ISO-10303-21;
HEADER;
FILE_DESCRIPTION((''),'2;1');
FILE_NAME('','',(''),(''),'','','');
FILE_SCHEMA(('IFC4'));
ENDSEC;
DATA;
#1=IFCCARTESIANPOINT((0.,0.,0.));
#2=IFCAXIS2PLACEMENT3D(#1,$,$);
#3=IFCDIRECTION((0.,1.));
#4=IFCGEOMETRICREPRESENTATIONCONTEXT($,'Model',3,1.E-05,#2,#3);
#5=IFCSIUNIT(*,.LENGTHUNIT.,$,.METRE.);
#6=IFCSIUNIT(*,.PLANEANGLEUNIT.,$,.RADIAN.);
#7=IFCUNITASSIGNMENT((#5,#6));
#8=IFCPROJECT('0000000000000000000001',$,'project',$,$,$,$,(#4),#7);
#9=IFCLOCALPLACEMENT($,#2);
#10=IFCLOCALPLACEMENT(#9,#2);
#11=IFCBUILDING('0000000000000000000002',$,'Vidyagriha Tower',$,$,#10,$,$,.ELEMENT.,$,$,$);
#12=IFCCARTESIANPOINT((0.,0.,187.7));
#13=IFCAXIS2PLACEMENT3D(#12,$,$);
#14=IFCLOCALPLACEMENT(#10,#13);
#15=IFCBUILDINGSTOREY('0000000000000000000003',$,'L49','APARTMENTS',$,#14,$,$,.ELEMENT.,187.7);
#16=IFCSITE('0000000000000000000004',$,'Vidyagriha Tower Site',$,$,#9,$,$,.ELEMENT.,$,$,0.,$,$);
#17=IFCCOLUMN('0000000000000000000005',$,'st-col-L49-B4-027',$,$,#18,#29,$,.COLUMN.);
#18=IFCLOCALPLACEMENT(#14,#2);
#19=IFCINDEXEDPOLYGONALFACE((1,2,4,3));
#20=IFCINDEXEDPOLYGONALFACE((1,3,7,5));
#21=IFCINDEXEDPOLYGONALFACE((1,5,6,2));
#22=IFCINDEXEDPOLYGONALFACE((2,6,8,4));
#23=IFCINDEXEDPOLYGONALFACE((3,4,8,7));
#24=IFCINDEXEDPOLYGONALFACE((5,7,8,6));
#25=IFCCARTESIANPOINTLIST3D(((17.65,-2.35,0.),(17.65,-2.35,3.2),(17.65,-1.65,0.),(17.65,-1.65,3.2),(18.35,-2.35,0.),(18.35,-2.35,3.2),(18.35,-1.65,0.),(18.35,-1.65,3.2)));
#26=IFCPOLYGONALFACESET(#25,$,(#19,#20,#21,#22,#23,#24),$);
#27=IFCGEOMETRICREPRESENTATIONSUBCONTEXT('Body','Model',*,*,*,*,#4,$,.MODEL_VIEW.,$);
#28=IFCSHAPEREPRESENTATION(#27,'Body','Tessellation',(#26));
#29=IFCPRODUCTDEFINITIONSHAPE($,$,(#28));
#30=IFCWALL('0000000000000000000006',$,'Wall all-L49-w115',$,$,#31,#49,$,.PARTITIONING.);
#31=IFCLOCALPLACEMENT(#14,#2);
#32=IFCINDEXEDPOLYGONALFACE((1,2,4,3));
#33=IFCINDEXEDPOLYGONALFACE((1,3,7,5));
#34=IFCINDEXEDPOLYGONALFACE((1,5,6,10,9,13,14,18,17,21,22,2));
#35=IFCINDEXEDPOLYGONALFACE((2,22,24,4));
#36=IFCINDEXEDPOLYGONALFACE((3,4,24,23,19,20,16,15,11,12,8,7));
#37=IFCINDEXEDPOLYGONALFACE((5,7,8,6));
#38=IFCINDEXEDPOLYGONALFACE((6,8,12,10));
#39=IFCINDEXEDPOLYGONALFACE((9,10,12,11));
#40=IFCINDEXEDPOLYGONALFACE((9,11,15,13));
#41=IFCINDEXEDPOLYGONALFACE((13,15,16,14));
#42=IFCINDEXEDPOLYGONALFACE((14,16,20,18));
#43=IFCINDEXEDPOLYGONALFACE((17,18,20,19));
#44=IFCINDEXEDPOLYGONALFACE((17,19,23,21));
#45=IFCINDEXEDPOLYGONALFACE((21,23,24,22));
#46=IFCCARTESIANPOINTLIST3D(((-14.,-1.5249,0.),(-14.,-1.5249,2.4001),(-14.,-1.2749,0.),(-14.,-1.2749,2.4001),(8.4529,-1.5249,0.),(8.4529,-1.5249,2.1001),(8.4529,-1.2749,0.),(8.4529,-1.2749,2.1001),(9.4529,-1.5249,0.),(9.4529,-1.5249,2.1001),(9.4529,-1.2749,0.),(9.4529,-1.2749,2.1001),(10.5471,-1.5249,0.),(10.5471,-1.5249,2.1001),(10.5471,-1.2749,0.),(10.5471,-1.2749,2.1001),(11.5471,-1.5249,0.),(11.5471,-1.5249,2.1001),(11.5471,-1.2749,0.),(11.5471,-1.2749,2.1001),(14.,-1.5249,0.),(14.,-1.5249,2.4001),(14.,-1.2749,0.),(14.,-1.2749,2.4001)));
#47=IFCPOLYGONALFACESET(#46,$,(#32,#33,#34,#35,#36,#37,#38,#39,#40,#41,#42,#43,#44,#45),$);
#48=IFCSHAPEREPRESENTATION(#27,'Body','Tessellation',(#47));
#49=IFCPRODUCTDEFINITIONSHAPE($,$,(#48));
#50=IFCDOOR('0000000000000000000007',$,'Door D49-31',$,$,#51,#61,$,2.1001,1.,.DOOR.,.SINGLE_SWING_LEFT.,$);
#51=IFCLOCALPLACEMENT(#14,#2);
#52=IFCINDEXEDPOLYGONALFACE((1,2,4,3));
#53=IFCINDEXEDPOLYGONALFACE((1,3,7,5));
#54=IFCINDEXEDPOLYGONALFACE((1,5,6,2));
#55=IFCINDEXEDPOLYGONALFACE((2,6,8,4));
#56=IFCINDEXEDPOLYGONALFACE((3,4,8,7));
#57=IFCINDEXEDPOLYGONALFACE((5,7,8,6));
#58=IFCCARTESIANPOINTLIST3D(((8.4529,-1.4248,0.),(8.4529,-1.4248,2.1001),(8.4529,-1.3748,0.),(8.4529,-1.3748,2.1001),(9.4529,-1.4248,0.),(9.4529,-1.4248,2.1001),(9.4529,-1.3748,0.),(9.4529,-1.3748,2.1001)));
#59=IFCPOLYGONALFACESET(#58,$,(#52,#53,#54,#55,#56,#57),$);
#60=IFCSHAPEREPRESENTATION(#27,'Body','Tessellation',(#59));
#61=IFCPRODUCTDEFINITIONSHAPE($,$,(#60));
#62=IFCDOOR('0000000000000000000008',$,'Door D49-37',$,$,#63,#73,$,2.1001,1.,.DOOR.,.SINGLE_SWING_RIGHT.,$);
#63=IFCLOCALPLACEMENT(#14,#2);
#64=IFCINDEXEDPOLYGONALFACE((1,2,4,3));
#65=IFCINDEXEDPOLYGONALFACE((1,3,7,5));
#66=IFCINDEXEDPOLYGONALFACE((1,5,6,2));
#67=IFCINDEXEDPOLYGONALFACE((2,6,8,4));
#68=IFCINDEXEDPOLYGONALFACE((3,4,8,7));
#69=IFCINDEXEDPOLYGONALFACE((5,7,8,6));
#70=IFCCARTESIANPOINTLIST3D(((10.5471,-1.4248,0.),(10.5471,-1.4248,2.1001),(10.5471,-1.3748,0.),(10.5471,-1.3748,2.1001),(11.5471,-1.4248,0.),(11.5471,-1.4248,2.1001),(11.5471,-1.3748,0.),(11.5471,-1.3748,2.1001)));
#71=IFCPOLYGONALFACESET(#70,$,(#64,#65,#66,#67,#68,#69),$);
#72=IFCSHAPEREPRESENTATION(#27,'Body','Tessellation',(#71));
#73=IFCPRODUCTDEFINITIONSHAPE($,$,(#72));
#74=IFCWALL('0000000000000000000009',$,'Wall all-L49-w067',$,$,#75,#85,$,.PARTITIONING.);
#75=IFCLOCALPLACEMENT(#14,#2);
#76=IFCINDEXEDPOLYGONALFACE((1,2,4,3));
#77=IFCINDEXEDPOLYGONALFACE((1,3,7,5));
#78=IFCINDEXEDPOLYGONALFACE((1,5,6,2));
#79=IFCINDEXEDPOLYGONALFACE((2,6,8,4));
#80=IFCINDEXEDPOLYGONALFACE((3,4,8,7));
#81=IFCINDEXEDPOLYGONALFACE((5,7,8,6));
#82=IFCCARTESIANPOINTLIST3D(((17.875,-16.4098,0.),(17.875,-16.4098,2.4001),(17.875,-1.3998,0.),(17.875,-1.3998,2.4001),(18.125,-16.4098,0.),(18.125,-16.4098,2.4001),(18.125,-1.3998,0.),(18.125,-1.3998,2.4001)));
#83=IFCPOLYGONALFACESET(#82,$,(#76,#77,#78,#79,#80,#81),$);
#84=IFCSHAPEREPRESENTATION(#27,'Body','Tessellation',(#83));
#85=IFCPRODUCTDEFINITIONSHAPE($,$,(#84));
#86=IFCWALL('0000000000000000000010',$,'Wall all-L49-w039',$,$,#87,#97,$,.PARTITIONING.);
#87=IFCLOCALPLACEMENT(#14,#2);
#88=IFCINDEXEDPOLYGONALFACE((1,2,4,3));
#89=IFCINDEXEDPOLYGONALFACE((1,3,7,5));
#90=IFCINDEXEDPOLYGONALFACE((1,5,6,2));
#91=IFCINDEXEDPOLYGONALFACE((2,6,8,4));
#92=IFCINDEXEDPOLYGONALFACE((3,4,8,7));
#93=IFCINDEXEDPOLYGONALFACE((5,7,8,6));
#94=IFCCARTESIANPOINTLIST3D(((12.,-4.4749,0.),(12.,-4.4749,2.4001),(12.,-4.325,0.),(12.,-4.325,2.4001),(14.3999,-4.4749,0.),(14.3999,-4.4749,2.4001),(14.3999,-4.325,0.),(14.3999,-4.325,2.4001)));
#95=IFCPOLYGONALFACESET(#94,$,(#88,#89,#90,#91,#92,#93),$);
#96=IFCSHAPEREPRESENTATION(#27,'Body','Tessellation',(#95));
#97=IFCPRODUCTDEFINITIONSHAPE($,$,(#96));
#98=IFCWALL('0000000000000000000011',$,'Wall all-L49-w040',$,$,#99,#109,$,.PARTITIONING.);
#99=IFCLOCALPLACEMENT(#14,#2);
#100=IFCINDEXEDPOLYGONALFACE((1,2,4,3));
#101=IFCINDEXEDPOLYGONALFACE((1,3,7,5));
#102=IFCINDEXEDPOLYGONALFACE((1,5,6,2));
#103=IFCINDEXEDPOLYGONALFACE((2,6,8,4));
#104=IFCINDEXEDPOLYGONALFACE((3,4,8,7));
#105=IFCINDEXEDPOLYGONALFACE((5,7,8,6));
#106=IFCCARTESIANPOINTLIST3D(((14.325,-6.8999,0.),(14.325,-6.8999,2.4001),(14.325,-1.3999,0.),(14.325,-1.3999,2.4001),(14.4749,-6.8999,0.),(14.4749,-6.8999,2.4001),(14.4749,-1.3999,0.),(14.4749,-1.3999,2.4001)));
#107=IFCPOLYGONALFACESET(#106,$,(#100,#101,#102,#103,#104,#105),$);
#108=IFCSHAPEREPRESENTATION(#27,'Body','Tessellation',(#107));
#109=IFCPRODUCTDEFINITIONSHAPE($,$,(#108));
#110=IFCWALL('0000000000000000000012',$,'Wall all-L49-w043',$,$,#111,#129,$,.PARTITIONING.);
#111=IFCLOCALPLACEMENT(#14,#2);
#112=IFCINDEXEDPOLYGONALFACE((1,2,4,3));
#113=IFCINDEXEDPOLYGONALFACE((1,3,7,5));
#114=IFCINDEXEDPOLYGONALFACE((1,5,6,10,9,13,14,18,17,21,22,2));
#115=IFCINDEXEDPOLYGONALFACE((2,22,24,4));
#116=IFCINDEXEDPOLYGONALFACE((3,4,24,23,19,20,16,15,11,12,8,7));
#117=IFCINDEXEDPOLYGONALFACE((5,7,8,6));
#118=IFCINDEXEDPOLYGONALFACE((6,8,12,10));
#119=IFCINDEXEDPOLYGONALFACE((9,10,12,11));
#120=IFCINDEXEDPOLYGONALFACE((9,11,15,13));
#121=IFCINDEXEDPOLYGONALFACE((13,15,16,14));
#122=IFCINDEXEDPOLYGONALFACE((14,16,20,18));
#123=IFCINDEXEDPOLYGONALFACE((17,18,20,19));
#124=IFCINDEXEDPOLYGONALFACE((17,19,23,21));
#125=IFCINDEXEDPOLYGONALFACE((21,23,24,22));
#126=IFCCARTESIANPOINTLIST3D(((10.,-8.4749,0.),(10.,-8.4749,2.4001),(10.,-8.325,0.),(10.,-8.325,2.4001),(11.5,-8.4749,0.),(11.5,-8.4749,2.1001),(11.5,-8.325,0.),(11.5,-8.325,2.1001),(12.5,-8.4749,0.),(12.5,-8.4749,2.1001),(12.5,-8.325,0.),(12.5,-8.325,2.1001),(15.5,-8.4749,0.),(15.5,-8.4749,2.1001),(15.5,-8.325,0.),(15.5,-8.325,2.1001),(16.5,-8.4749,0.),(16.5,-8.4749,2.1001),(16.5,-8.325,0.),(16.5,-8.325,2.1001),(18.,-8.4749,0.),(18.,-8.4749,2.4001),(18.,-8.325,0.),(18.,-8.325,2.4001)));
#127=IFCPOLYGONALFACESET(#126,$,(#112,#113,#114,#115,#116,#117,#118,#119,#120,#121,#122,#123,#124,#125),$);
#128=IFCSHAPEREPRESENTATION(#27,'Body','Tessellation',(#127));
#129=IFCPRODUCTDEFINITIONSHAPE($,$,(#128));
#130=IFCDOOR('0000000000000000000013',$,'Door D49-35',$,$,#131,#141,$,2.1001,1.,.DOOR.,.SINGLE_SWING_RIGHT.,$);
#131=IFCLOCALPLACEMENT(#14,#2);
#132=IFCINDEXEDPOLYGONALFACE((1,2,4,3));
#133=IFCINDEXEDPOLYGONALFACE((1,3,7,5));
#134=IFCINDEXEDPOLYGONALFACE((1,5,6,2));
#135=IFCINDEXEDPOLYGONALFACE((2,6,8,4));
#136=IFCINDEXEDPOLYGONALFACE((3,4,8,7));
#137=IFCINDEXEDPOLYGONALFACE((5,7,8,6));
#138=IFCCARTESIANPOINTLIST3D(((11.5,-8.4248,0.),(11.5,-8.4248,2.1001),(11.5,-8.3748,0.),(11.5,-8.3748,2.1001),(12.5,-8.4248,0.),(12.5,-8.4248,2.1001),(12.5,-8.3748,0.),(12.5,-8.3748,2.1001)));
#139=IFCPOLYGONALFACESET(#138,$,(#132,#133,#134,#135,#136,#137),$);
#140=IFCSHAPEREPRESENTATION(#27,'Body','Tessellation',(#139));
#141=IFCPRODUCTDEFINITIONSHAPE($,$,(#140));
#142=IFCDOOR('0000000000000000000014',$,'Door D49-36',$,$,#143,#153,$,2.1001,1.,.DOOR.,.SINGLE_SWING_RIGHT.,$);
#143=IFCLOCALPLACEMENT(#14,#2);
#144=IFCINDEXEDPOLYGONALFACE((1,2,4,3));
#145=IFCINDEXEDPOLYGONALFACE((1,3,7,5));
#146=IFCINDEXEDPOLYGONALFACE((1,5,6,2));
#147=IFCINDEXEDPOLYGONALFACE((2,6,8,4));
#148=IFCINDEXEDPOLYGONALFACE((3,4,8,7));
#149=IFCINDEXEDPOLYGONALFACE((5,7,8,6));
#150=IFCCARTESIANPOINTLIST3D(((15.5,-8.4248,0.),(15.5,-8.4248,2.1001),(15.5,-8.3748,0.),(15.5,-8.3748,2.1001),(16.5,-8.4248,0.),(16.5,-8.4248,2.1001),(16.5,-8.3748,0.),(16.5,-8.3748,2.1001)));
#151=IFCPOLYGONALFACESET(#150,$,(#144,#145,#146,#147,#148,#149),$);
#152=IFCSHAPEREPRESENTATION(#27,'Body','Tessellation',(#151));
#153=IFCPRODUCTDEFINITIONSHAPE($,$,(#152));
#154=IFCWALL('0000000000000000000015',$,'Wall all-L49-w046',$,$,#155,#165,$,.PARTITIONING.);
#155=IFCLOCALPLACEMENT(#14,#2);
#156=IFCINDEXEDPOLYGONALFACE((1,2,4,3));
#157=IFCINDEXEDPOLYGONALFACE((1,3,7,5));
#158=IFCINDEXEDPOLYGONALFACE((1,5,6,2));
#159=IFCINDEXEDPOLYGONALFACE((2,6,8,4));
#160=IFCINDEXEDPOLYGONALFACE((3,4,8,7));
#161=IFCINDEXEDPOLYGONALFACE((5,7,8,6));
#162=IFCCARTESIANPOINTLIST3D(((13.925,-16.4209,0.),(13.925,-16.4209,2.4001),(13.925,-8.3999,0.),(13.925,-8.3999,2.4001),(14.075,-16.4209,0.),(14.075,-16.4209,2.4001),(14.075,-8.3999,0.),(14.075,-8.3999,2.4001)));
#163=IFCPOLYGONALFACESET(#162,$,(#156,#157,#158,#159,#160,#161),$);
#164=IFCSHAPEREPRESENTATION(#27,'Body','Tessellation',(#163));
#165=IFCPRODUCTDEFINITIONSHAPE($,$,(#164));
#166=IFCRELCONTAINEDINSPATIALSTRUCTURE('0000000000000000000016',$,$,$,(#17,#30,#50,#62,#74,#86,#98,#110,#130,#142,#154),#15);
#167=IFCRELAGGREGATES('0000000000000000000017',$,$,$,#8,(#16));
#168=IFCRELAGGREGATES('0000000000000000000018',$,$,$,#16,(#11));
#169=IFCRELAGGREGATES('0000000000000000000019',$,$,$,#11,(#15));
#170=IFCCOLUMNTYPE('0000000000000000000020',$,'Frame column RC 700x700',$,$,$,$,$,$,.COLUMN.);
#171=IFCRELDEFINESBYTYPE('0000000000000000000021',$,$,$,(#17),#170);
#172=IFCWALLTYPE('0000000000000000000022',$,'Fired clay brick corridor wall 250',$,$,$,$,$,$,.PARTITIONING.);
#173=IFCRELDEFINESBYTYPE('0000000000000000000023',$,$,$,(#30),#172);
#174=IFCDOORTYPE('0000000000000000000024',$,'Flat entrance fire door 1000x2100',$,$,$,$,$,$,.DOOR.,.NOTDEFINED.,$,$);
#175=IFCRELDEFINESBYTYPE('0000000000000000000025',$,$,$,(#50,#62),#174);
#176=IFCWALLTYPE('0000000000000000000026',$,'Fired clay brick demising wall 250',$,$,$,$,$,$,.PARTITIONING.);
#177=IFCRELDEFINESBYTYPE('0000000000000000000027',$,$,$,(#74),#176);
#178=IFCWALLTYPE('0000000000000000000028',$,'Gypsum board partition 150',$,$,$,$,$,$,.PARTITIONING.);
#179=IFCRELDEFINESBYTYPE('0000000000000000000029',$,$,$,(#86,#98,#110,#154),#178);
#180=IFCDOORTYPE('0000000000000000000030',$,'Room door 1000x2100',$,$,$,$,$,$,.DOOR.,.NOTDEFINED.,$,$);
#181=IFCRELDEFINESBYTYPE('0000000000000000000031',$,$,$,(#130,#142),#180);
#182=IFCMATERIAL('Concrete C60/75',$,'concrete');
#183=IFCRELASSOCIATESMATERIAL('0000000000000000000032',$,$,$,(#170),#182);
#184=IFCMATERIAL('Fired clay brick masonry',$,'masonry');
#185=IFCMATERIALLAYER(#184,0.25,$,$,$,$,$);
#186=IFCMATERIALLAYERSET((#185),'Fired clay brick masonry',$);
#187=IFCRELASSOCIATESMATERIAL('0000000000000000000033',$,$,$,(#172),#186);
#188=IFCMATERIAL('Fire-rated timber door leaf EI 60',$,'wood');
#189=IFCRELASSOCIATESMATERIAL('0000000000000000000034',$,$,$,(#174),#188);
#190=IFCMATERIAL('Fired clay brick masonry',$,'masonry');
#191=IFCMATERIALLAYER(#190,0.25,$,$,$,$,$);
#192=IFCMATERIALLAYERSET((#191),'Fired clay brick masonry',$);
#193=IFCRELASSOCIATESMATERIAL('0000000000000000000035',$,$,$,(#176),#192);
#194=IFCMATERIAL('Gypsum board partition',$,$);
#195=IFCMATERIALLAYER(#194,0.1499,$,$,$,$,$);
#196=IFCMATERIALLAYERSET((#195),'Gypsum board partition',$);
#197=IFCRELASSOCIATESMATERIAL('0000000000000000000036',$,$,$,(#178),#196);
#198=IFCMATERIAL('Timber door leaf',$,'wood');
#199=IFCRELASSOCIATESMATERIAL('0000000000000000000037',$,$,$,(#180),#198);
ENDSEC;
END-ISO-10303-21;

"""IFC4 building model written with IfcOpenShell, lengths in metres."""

from ifc_helpers import new_model, si_unit, direction, frame, frame_2d, origin, origin_2d, place, context, subcontext, project, spatial, rectangle, extrude, material, layer, layer_set, material_profile, profile_set, type_object, element, fill, save


model = new_model("IFC4")

# Units and contexts
model_context = context("Model", 3, precision=1e-05, world=origin(), true_north=direction((0.0, 1.0)))
body_context = subcontext(model_context, "Body", "Model", "MODEL_VIEW")
ifc_project = project(units=[si_unit("LENGTHUNIT", "METRE"), si_unit("PLANEANGLEUNIT", "RADIAN")], contexts=[model_context])

# Site, building, storey
site_placement = place(None, origin())
site = spatial("IfcSite", under=ifc_project, at=site_placement, Name="Vidyagriha Tower Site", CompositionType="ELEMENT", RefElevation=0.0)
building_placement = place(site_placement, origin())
building = spatial("IfcBuilding", under=site, at=building_placement, Name="Vidyagriha Tower", CompositionType="ELEMENT")
storey_placement = place(building_placement, frame((0.0, 0.0, 187.7)))
storey = spatial("IfcBuildingStorey", under=building, at=storey_placement, Name="L49", Description="APARTMENTS", CompositionType="ELEMENT", Elevation=187.7)

# Column
ifc_material_1 = material(Name="Concrete C60/75", Category="concrete")
ifc_material_profile = material_profile(ifc_material_1, rectangle(XDim=0.7, YDim=0.7, at=origin_2d()), Name="RC 700x700")
ifc_profile_set = profile_set([ifc_material_profile], Name="Concrete C60/75")
column_type = type_object("IfcColumnType", Name="Frame column RC 700x700", PredefinedType="COLUMN", material=ifc_profile_set)
column_placement = place(storey_placement, frame((18.0, -2.0, 0.0)))
element("IfcColumn", 1, at=column_placement, inside=storey, type_object=column_type, Name="st-col-L49-B4-027", PredefinedType="COLUMN", context=body_context, shape_type="SweptSolid", body=[
    extrude(rectangle(XDim=0.7, YDim=0.7, at=origin_2d()), origin(), (0.0, 0.0, 1.0), 3.2),
])

# Wall, openings, doors
ifc_material_2 = material(Name="Fired clay brick masonry", Category="masonry")
ifc_layer_1 = layer(ifc_material_2, 0.25)
ifc_layer_set_1 = layer_set([ifc_layer_1], Name="Fired clay brick masonry")
wall_type_1 = type_object("IfcWallType", Name="Fired clay brick corridor wall 250", PredefinedType="PARTITIONING", material=ifc_layer_set_1)
wall_1_placement = place(storey_placement, frame((14.0, -1.3999, 0.0), z_axis=(0.0, 0.0, 1.0), x_axis=(-1.0, 0.0, 0.0)))
wall_1 = element("IfcWall", 2, at=wall_1_placement, inside=storey, type_object=wall_type_1, Name="Wall all-L49-w115", PredefinedType="PARTITIONING", context=body_context, shape_type="SweptSolid", body=[
    extrude(rectangle(XDim=28.0, YDim=0.25, at=frame_2d((14.0, 0.0))), origin(), (0.0, 0.0, 1.0), 2.4001),
])
opening_1_placement = place(wall_1_placement, frame((4.5471, 0.0, 0.0)))
opening_1 = element("IfcOpeningElement", 3, at=opening_1_placement, cuts=wall_1, PredefinedType="OPENING", context=body_context, shape_type="SweptSolid", body=[
    extrude(rectangle(XDim=1.0, YDim=2.1001, at=frame_2d((0.5, 1.05))), frame((0.0, 0.135, 0.0), z_axis=(0.0, -1.0, 0.0), x_axis=(1.0, 0.0, 0.0)), (0.0, 0.0, 1.0), 0.27),
])
opening_2_placement = place(wall_1_placement, frame((2.4529, 0.0, 0.0)))
opening_2 = element("IfcOpeningElement", 4, at=opening_2_placement, cuts=wall_1, PredefinedType="OPENING", context=body_context, shape_type="SweptSolid", body=[
    extrude(rectangle(XDim=1.0, YDim=2.1001, at=frame_2d((0.5, 1.05))), frame((0.0, 0.135, 0.0), z_axis=(0.0, -1.0, 0.0), x_axis=(1.0, 0.0, 0.0)), (0.0, 0.0, 1.0), 0.27),
])
ifc_material_3 = material(Name="Fire-rated timber door leaf EI 60", Category="wood")
door_type_1 = type_object("IfcDoorType", Name="Flat entrance fire door 1000x2100", OperationType="NOTDEFINED", PredefinedType="DOOR", material=ifc_material_3)
door_1_placement = place(opening_1_placement, origin())
door_1 = element("IfcDoor", 5, at=door_1_placement, inside=storey, type_object=door_type_1, Name="Door D49-31", OperationType="SINGLE_SWING_LEFT", OverallHeight=2.1001, OverallWidth=1.0, PredefinedType="DOOR", context=body_context, shape_type="SweptSolid", body=[
    extrude(rectangle(XDim=1.0, YDim=2.1001, at=frame_2d((0.5, 1.05))), frame((0.0, 0.0249, 0.0), z_axis=(0.0, -1.0, 0.0), x_axis=(1.0, 0.0, 0.0)), (0.0, 0.0, 1.0), 0.05),
])
fill(opening_1, door_1)
door_2_placement = place(opening_2_placement, origin())
door_2 = element("IfcDoor", 6, at=door_2_placement, inside=storey, type_object=door_type_1, Name="Door D49-37", OperationType="SINGLE_SWING_RIGHT", OverallHeight=2.1001, OverallWidth=1.0, PredefinedType="DOOR", context=body_context, shape_type="SweptSolid", body=[
    extrude(rectangle(XDim=1.0, YDim=2.1001, at=frame_2d((0.5, 1.05))), frame((0.0, 0.0249, 0.0), z_axis=(0.0, -1.0, 0.0), x_axis=(1.0, 0.0, 0.0)), (0.0, 0.0, 1.0), 0.05),
])
fill(opening_2, door_2)

# Walls
ifc_material_4 = material(Name="Fired clay brick masonry", Category="masonry")
ifc_layer_2 = layer(ifc_material_4, 0.25)
ifc_layer_set_2 = layer_set([ifc_layer_2], Name="Fired clay brick masonry")
wall_type_2 = type_object("IfcWallType", Name="Fired clay brick demising wall 250", PredefinedType="PARTITIONING", material=ifc_layer_set_2)
wall_2_placement = place(storey_placement, frame((18.0, -1.3999, 0.0), z_axis=(0.0, 0.0, 1.0), x_axis=(0.0, -1.0, 0.0)))
element("IfcWall", 7, at=wall_2_placement, inside=storey, type_object=wall_type_2, Name="Wall all-L49-w067", PredefinedType="PARTITIONING", context=body_context, shape_type="SweptSolid", body=[
    extrude(rectangle(XDim=15.01, YDim=0.25, at=frame_2d((7.5049, 0.0))), origin(), (0.0, 0.0, 1.0), 2.4001),
])
ifc_material_5 = material(Name="Gypsum board partition")
ifc_layer_3 = layer(ifc_material_5, 0.1499)
ifc_layer_set_3 = layer_set([ifc_layer_3], Name="Gypsum board partition")
wall_type_3 = type_object("IfcWallType", Name="Gypsum board partition 150", PredefinedType="PARTITIONING", material=ifc_layer_set_3)
wall_3_placement = place(storey_placement, frame((14.3999, -4.3999, 0.0), z_axis=(0.0, 0.0, 1.0), x_axis=(-1.0, 0.0, 0.0)))
element("IfcWall", 8, at=wall_3_placement, inside=storey, type_object=wall_type_3, Name="Wall all-L49-w039", PredefinedType="PARTITIONING", context=body_context, shape_type="SweptSolid", body=[
    extrude(rectangle(XDim=2.3999, YDim=0.1499, at=frame_2d((1.2, 0.0))), origin(), (0.0, 0.0, 1.0), 2.4001),
])
wall_4_placement = place(storey_placement, frame((14.3999, -1.3999, 0.0), z_axis=(0.0, 0.0, 1.0), x_axis=(0.0, -1.0, 0.0)))
element("IfcWall", 9, at=wall_4_placement, inside=storey, type_object=wall_type_3, Name="Wall all-L49-w040", PredefinedType="PARTITIONING", context=body_context, shape_type="SweptSolid", body=[
    extrude(rectangle(XDim=5.5, YDim=0.1499, at=frame_2d((2.75, 0.0))), origin(), (0.0, 0.0, 1.0), 2.4001),
])

# Wall, openings, doors
wall_5_placement = place(storey_placement, frame((18.0, -8.3999, 0.0), z_axis=(0.0, 0.0, 1.0), x_axis=(-1.0, 0.0, 0.0)))
wall_5 = element("IfcWall", 10, at=wall_5_placement, inside=storey, type_object=wall_type_3, Name="Wall all-L49-w043", PredefinedType="PARTITIONING", context=body_context, shape_type="SweptSolid", body=[
    extrude(rectangle(XDim=8.0, YDim=0.1499, at=frame_2d((4.0, 0.0))), origin(), (0.0, 0.0, 1.0), 2.4001),
])
opening_3_placement = place(wall_5_placement, frame((5.5, 0.0, 0.0)))
opening_3 = element("IfcOpeningElement", 11, at=opening_3_placement, cuts=wall_5, PredefinedType="OPENING", context=body_context, shape_type="SweptSolid", body=[
    extrude(rectangle(XDim=1.0, YDim=2.1001, at=frame_2d((0.5, 1.05))), frame((0.0, 0.085, 0.0), z_axis=(0.0, -1.0, 0.0), x_axis=(1.0, 0.0, 0.0)), (0.0, 0.0, 1.0), 0.1699),
])
opening_4_placement = place(wall_5_placement, frame((1.5, 0.0, 0.0)))
opening_4 = element("IfcOpeningElement", 12, at=opening_4_placement, cuts=wall_5, PredefinedType="OPENING", context=body_context, shape_type="SweptSolid", body=[
    extrude(rectangle(XDim=1.0, YDim=2.1001, at=frame_2d((0.5, 1.05))), frame((0.0, 0.085, 0.0), z_axis=(0.0, -1.0, 0.0), x_axis=(1.0, 0.0, 0.0)), (0.0, 0.0, 1.0), 0.1699),
])
ifc_material_6 = material(Name="Timber door leaf", Category="wood")
door_type_2 = type_object("IfcDoorType", Name="Room door 1000x2100", OperationType="NOTDEFINED", PredefinedType="DOOR", material=ifc_material_6)
door_3_placement = place(opening_3_placement, origin())
door_3 = element("IfcDoor", 13, at=door_3_placement, inside=storey, type_object=door_type_2, Name="Door D49-35", OperationType="SINGLE_SWING_RIGHT", OverallHeight=2.1001, OverallWidth=1.0, PredefinedType="DOOR", context=body_context, shape_type="SweptSolid", body=[
    extrude(rectangle(XDim=1.0, YDim=2.1001, at=frame_2d((0.5, 1.05))), frame((0.0, 0.0249, 0.0), z_axis=(0.0, -1.0, 0.0), x_axis=(1.0, 0.0, 0.0)), (0.0, 0.0, 1.0), 0.05),
])
fill(opening_3, door_3)
door_4_placement = place(opening_4_placement, origin())
door_4 = element("IfcDoor", 14, at=door_4_placement, inside=storey, type_object=door_type_2, Name="Door D49-36", OperationType="SINGLE_SWING_RIGHT", OverallHeight=2.1001, OverallWidth=1.0, PredefinedType="DOOR", context=body_context, shape_type="SweptSolid", body=[
    extrude(rectangle(XDim=1.0, YDim=2.1001, at=frame_2d((0.5, 1.05))), frame((0.0, 0.0249, 0.0), z_axis=(0.0, -1.0, 0.0), x_axis=(1.0, 0.0, 0.0)), (0.0, 0.0, 1.0), 0.05),
])
fill(opening_4, door_4)

# Wall
wall_6_placement = place(storey_placement, frame((14.0, -8.3999, 0.0), z_axis=(0.0, 0.0, 1.0), x_axis=(0.0, -1.0, 0.0)))
element("IfcWall", 15, at=wall_6_placement, inside=storey, type_object=wall_type_3, Name="Wall all-L49-w046", PredefinedType="PARTITIONING", context=body_context, shape_type="SweptSolid", body=[
    extrude(rectangle(XDim=8.021, YDim=0.1499, at=frame_2d((4.0105, 0.0))), origin(), (0.0, 0.0, 1.0), 2.4001),
])

save(model, "model.ifc")
